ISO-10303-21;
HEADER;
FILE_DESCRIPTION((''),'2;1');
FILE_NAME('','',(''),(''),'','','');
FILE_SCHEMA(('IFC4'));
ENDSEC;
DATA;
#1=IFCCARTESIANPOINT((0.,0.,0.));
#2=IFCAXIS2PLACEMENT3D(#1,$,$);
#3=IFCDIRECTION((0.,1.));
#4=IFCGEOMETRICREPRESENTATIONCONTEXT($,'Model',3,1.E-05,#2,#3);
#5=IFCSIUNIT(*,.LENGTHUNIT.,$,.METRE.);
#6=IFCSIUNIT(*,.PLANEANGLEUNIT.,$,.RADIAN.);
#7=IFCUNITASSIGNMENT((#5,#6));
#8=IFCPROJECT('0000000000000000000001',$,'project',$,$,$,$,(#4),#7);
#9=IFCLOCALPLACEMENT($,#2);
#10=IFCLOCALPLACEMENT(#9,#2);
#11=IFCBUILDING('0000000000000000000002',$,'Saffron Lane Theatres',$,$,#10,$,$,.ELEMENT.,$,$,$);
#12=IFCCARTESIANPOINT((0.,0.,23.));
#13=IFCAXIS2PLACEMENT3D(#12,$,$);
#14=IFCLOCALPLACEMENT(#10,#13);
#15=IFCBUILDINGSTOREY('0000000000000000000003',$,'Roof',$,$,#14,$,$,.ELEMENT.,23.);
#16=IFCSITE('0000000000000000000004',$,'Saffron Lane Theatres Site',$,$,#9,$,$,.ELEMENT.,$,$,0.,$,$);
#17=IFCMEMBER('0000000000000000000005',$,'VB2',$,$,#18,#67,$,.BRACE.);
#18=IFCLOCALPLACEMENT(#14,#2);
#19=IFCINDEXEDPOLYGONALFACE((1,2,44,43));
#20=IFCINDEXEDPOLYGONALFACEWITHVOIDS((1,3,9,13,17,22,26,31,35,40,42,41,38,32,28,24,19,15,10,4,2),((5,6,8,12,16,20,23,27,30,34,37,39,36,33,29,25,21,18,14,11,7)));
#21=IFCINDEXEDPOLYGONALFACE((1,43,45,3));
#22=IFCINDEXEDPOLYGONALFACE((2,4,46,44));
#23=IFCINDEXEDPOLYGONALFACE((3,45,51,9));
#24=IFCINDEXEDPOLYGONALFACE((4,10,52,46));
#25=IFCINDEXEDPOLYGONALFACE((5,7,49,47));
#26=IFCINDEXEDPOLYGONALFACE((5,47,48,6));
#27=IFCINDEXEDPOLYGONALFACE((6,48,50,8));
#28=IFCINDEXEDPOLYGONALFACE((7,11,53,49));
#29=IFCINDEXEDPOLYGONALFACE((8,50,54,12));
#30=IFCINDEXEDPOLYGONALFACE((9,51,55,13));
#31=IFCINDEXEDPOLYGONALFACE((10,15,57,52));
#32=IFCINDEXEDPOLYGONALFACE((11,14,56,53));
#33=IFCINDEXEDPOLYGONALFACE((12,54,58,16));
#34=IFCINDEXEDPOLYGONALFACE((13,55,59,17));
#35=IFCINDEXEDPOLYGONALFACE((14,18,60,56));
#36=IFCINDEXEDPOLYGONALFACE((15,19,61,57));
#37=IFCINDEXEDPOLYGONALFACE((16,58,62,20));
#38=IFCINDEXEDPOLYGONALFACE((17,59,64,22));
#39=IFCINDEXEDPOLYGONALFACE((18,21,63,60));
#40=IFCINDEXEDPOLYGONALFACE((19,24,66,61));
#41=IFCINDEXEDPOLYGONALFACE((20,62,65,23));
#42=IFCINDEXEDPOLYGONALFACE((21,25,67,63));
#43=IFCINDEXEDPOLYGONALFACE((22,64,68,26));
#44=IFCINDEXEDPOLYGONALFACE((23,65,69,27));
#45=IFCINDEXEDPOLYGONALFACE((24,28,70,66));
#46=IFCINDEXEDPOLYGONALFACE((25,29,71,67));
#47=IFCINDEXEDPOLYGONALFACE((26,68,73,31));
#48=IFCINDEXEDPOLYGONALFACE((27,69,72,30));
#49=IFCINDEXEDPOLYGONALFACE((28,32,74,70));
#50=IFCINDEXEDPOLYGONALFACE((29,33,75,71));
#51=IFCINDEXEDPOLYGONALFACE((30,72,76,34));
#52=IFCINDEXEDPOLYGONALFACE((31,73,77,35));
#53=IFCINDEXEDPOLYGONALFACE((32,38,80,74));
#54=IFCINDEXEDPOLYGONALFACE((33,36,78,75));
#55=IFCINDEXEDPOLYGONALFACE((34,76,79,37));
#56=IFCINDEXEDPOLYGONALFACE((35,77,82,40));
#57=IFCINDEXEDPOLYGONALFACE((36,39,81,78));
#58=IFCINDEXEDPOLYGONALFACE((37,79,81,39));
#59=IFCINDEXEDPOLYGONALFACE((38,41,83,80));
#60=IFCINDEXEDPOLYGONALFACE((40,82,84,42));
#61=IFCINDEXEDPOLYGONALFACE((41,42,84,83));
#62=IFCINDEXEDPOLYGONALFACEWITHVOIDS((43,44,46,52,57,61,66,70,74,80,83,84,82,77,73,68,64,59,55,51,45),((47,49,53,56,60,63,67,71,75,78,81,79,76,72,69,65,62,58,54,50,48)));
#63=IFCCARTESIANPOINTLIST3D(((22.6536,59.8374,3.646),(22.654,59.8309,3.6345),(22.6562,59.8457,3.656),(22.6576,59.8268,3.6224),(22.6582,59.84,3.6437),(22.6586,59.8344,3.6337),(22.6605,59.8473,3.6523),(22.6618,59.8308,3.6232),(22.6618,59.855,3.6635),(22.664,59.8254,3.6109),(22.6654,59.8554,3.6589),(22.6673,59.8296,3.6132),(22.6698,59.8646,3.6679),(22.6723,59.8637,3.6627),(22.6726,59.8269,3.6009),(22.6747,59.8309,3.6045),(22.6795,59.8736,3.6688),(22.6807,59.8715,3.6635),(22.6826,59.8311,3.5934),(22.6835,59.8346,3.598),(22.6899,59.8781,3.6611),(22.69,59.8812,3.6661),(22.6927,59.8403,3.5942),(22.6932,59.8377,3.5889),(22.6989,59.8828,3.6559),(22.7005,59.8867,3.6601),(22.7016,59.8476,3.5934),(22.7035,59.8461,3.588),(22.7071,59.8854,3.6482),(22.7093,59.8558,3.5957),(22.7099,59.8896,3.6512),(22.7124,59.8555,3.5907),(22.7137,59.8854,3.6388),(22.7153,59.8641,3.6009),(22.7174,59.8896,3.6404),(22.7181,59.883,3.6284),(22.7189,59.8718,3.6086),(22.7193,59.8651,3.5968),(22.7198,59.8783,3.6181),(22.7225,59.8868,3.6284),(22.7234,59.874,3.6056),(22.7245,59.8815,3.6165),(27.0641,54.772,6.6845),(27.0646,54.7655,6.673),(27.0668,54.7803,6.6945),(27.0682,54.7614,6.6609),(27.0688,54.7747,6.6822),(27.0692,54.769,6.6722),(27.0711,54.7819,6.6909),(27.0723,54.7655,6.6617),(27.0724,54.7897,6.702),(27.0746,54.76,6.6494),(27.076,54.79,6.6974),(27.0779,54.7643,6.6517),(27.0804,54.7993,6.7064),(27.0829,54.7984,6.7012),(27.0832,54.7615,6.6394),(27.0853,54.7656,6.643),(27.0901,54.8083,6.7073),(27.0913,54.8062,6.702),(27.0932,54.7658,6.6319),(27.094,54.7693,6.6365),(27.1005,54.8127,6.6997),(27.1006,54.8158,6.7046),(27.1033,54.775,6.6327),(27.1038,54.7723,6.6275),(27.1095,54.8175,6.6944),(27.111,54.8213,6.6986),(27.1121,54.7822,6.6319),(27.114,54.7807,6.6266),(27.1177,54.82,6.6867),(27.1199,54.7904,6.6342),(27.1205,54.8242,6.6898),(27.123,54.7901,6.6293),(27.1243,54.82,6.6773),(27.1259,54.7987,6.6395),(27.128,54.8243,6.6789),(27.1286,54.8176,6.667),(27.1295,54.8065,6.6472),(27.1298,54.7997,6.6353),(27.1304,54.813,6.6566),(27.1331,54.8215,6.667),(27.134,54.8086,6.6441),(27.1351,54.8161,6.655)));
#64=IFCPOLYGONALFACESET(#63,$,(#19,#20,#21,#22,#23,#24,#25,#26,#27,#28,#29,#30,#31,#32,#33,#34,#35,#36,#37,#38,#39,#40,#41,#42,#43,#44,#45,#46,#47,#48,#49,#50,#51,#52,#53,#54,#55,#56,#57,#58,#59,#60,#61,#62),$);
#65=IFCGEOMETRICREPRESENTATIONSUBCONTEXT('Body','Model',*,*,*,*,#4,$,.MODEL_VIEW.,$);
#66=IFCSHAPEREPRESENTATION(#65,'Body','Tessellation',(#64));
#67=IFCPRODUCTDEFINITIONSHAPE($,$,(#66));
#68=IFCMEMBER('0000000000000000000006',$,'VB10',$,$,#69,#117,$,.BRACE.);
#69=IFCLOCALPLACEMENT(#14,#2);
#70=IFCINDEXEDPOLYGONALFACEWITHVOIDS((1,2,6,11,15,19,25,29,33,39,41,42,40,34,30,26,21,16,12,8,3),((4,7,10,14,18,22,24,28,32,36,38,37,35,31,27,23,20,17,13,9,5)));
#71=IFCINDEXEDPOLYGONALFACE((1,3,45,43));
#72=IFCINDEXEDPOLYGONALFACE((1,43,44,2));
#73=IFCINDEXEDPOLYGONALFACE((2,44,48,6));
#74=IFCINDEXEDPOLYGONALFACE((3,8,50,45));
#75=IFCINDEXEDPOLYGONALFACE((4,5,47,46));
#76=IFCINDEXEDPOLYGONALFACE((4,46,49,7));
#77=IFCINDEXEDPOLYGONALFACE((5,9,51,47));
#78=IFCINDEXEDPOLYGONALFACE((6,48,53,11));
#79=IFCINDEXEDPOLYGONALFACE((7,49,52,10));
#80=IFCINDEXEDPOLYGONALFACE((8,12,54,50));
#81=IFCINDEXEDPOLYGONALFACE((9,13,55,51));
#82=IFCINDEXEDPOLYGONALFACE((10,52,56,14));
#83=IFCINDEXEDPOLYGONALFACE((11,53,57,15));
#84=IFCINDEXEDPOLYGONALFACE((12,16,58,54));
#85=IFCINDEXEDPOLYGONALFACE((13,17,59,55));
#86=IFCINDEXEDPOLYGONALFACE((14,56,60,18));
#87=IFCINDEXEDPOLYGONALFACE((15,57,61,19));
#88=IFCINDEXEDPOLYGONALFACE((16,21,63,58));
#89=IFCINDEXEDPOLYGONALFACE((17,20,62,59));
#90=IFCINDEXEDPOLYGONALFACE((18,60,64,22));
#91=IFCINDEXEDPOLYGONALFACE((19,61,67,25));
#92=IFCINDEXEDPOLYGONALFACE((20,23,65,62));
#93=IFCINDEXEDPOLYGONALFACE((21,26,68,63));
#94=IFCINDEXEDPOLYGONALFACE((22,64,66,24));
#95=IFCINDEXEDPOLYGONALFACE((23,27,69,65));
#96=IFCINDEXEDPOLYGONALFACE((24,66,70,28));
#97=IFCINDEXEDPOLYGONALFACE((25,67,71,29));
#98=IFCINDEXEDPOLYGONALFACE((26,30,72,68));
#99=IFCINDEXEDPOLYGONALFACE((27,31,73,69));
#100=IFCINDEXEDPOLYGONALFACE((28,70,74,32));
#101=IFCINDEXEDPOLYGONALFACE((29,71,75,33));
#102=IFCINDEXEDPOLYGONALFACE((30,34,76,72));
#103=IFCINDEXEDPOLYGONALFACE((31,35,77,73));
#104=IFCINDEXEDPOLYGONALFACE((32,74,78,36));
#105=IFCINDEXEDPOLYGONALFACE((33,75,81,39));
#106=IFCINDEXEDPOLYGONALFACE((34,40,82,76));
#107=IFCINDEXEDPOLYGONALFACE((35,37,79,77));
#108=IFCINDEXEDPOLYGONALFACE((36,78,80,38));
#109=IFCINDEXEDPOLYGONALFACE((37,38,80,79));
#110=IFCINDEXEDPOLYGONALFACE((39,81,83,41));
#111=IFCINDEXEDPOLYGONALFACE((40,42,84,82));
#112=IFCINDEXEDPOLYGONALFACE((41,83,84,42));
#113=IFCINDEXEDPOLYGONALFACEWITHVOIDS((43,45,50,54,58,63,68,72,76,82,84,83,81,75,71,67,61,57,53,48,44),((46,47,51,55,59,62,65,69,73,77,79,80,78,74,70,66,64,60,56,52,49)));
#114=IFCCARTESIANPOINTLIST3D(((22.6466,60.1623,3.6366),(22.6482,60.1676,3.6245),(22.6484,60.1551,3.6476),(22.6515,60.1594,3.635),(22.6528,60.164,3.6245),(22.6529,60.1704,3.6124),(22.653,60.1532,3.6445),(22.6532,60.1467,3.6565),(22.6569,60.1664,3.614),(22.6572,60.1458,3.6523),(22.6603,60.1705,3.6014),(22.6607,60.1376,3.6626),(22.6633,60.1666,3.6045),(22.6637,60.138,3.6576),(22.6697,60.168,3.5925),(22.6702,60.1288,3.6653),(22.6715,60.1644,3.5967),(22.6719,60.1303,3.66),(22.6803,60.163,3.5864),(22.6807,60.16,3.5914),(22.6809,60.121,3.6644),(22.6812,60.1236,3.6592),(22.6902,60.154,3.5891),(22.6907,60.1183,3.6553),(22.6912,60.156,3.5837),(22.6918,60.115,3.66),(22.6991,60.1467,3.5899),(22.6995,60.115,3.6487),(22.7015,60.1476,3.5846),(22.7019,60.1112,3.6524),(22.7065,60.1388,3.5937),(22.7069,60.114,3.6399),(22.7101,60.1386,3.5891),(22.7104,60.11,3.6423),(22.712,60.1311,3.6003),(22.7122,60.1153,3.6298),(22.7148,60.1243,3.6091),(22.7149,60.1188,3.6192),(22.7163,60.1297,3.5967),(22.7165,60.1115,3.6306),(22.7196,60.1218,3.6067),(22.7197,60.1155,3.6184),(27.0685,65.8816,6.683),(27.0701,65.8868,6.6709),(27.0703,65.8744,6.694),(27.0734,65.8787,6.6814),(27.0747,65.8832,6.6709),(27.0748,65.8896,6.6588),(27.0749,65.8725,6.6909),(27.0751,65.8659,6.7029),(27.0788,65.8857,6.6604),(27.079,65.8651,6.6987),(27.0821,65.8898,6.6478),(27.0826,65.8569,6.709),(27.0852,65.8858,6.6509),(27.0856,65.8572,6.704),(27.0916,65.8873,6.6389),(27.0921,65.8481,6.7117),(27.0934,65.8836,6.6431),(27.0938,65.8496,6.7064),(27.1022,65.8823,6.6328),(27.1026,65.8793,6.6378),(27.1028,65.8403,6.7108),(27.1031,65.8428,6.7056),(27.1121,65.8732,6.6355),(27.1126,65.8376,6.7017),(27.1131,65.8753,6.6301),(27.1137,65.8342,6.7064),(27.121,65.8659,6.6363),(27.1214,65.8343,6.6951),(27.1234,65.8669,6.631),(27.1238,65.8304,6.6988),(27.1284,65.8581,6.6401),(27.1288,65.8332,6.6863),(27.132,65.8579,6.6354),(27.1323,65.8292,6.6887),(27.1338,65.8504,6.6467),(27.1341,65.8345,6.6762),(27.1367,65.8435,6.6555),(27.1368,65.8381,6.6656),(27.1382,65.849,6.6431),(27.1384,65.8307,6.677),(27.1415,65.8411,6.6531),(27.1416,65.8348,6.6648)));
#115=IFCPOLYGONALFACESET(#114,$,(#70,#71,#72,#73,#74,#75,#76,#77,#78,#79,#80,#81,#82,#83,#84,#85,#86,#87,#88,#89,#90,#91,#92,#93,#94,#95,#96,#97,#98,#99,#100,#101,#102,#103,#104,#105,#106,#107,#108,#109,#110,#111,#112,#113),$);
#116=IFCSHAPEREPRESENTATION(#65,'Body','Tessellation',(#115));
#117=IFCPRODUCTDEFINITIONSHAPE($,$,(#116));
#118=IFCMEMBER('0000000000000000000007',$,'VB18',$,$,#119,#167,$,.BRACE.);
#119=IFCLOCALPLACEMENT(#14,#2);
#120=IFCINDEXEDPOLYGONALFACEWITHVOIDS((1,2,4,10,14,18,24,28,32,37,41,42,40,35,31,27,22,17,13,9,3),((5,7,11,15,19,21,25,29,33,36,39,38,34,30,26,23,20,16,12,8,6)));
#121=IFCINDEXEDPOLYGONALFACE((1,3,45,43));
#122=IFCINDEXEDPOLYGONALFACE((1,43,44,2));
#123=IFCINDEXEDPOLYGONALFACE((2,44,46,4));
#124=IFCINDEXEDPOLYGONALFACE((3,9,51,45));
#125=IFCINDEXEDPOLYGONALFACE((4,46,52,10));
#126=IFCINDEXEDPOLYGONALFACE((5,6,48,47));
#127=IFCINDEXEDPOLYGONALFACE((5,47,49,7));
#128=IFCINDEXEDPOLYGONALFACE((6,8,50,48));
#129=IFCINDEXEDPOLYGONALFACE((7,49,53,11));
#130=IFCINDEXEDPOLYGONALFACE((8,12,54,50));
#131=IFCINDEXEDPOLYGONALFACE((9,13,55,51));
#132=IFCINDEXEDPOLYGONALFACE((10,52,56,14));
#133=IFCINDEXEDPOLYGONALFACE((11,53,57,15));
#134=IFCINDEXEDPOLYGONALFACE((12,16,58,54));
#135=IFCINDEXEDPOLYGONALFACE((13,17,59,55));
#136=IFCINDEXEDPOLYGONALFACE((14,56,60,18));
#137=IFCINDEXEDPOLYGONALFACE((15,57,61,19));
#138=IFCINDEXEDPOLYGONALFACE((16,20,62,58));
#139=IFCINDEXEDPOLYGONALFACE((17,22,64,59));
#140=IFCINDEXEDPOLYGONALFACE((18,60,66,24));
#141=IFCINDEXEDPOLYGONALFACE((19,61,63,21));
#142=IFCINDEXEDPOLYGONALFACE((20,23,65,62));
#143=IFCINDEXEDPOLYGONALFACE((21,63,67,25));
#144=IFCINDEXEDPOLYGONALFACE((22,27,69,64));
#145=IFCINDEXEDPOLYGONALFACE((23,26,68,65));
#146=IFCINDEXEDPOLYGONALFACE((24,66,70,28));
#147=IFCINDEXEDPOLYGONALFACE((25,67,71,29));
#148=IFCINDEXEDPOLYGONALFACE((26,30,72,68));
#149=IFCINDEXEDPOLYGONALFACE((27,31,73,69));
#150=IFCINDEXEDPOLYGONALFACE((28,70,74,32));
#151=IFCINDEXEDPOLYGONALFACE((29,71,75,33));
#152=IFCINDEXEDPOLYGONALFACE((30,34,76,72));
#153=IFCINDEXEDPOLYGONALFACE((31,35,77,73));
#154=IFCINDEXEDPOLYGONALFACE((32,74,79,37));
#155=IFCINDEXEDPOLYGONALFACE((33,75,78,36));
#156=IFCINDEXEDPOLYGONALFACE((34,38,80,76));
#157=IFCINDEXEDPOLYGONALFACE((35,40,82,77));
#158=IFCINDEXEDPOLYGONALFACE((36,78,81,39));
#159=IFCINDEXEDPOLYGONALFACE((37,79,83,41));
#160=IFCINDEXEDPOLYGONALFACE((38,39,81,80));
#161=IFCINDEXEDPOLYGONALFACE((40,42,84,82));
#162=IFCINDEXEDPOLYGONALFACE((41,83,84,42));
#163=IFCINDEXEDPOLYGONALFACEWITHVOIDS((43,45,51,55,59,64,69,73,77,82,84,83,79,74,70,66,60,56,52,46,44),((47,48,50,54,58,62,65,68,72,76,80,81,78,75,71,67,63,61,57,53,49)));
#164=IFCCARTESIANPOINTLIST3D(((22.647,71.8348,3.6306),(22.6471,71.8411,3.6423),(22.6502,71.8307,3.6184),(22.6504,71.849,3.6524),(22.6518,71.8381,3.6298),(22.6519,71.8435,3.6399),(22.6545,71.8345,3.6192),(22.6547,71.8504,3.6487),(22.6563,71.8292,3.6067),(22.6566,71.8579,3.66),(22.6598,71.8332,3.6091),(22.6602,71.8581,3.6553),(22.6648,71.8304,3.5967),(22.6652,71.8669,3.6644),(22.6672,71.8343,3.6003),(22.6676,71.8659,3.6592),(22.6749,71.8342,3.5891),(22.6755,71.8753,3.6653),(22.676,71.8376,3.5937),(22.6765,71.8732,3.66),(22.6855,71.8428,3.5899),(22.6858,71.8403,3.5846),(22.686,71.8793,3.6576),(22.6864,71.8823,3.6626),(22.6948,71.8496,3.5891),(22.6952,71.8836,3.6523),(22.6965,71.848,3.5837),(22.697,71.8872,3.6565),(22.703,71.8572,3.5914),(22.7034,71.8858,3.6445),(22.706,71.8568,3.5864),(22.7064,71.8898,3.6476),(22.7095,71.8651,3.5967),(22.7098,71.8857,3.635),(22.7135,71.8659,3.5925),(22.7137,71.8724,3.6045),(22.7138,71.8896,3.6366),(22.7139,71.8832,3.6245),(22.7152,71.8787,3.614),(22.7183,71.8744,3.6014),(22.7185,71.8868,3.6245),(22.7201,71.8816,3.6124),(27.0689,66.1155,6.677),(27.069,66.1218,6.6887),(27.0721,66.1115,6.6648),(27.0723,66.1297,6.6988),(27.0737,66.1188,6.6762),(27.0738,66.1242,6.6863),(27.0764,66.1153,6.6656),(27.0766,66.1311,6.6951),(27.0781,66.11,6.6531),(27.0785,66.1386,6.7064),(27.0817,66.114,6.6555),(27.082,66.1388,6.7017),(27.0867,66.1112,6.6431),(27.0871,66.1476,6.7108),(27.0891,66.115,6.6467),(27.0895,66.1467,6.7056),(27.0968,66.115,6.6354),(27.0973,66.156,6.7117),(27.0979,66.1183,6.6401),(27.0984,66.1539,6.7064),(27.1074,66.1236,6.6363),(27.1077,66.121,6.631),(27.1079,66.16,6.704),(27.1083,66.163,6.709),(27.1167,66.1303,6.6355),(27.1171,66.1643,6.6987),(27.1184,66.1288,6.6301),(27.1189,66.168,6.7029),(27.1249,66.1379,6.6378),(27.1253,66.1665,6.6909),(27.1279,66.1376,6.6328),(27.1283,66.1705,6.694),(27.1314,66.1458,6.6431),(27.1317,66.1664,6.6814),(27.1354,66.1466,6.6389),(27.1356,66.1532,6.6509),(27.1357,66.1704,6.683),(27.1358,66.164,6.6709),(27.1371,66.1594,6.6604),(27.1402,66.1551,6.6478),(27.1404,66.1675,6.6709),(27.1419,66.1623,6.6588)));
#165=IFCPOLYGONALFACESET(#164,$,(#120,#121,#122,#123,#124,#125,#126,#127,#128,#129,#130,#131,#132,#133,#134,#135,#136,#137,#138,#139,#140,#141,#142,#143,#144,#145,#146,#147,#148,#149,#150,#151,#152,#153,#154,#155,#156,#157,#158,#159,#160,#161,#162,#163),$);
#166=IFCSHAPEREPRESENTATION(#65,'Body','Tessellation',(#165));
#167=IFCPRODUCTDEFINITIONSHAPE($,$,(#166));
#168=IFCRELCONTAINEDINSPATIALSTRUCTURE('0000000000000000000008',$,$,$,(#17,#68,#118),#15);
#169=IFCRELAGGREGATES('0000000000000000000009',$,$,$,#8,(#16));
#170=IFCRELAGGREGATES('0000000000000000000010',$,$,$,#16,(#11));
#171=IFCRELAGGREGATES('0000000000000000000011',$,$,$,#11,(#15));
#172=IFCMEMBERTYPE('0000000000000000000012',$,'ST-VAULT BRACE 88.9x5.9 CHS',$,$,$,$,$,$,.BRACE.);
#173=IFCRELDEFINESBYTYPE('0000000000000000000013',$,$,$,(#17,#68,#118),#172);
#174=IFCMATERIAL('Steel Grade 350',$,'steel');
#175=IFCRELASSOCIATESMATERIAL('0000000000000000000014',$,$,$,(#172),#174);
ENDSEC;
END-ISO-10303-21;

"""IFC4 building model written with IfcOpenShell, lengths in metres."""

from ifc_helpers import new_model, si_unit, direction, frame, origin, origin_2d, place, context, subcontext, project, spatial, hollow_circle, extrude, material, material_profile, profile_set, type_object, element, save


model = new_model("IFC4")

# Units and contexts
model_context = context("Model", 3, precision=1e-05, world=origin(), true_north=direction((0.0, 1.0)))
body_context = subcontext(model_context, "Body", "Model", "MODEL_VIEW")
ifc_project = project(units=[si_unit("LENGTHUNIT", "METRE"), si_unit("PLANEANGLEUNIT", "RADIAN")], contexts=[model_context])

# Site, building, storey
site_placement = place(None, origin())
site = spatial("IfcSite", under=ifc_project, at=site_placement, Name="Saffron Lane Theatres Site", CompositionType="ELEMENT", RefElevation=0.0)
building_placement = place(site_placement, origin())
building = spatial("IfcBuilding", under=site, at=building_placement, Name="Saffron Lane Theatres", CompositionType="ELEMENT")
storey_placement = place(building_placement, frame((0.0, 0.0, 23.0)))
storey = spatial("IfcBuildingStorey", under=building, at=storey_placement, Name="Roof", CompositionType="ELEMENT", Elevation=23.0)

# Members
ifc_material_1 = material(Name="Steel Grade 350", Category="steel")
ifc_material_profile_1 = material_profile(ifc_material_1, hollow_circle(Radius=0.0444, WallThickness=0.0059, at=origin_2d()))
ifc_profile_set_1 = profile_set([ifc_material_profile_1], Name="Steel Grade 350")
member_type_1 = type_object("IfcMemberType", Name="ST-VAULT BRACE 88.9x5.9 CHS", PredefinedType="BRACE", material=ifc_profile_set_1)
member_placement = place(storey_placement, frame((22.689, 59.8577, 3.6284), z_axis=(0.598303, -0.687124, 0.412182), x_axis=(0.754169, 0.656681, 0.0)))
element("IfcMember", 1, at=member_placement, inside=storey, type_object=member_type_1, Name="VB2", PredefinedType="BRACE", context=body_context, shape_type="SweptSolid", body=[
    extrude(hollow_circle(Radius=0.0444, WallThickness=0.0059, at=origin_2d()), origin(), (0.0, 0.0, 1.0), 7.3718),
])
for number, where, z_axis, x_axis, name in (
    (2, (22.6833, 60.1404, 3.6245), (0.563659, 0.729035, 0.388325), (-0.79112, 0.611661, 0.0), "VB10"),
    (3, (22.6833, 71.8596, 3.6245), (0.563659, -0.729035, 0.388325), (0.79112, 0.611661, 0.0), "VB18"),
):
    element("IfcMember", number, at=place(storey_placement, frame(where, z_axis=z_axis, x_axis=x_axis)), inside=storey, type_object=member_type_1, Name=name, PredefinedType="BRACE", context=body_context, shape_type="SweptSolid", body=[
        extrude(hollow_circle(Radius=0.0444, WallThickness=0.0059, at=origin_2d()), origin(), (0.0, 0.0, 1.0), 7.845),
    ])

save(model, "model.ifc")
